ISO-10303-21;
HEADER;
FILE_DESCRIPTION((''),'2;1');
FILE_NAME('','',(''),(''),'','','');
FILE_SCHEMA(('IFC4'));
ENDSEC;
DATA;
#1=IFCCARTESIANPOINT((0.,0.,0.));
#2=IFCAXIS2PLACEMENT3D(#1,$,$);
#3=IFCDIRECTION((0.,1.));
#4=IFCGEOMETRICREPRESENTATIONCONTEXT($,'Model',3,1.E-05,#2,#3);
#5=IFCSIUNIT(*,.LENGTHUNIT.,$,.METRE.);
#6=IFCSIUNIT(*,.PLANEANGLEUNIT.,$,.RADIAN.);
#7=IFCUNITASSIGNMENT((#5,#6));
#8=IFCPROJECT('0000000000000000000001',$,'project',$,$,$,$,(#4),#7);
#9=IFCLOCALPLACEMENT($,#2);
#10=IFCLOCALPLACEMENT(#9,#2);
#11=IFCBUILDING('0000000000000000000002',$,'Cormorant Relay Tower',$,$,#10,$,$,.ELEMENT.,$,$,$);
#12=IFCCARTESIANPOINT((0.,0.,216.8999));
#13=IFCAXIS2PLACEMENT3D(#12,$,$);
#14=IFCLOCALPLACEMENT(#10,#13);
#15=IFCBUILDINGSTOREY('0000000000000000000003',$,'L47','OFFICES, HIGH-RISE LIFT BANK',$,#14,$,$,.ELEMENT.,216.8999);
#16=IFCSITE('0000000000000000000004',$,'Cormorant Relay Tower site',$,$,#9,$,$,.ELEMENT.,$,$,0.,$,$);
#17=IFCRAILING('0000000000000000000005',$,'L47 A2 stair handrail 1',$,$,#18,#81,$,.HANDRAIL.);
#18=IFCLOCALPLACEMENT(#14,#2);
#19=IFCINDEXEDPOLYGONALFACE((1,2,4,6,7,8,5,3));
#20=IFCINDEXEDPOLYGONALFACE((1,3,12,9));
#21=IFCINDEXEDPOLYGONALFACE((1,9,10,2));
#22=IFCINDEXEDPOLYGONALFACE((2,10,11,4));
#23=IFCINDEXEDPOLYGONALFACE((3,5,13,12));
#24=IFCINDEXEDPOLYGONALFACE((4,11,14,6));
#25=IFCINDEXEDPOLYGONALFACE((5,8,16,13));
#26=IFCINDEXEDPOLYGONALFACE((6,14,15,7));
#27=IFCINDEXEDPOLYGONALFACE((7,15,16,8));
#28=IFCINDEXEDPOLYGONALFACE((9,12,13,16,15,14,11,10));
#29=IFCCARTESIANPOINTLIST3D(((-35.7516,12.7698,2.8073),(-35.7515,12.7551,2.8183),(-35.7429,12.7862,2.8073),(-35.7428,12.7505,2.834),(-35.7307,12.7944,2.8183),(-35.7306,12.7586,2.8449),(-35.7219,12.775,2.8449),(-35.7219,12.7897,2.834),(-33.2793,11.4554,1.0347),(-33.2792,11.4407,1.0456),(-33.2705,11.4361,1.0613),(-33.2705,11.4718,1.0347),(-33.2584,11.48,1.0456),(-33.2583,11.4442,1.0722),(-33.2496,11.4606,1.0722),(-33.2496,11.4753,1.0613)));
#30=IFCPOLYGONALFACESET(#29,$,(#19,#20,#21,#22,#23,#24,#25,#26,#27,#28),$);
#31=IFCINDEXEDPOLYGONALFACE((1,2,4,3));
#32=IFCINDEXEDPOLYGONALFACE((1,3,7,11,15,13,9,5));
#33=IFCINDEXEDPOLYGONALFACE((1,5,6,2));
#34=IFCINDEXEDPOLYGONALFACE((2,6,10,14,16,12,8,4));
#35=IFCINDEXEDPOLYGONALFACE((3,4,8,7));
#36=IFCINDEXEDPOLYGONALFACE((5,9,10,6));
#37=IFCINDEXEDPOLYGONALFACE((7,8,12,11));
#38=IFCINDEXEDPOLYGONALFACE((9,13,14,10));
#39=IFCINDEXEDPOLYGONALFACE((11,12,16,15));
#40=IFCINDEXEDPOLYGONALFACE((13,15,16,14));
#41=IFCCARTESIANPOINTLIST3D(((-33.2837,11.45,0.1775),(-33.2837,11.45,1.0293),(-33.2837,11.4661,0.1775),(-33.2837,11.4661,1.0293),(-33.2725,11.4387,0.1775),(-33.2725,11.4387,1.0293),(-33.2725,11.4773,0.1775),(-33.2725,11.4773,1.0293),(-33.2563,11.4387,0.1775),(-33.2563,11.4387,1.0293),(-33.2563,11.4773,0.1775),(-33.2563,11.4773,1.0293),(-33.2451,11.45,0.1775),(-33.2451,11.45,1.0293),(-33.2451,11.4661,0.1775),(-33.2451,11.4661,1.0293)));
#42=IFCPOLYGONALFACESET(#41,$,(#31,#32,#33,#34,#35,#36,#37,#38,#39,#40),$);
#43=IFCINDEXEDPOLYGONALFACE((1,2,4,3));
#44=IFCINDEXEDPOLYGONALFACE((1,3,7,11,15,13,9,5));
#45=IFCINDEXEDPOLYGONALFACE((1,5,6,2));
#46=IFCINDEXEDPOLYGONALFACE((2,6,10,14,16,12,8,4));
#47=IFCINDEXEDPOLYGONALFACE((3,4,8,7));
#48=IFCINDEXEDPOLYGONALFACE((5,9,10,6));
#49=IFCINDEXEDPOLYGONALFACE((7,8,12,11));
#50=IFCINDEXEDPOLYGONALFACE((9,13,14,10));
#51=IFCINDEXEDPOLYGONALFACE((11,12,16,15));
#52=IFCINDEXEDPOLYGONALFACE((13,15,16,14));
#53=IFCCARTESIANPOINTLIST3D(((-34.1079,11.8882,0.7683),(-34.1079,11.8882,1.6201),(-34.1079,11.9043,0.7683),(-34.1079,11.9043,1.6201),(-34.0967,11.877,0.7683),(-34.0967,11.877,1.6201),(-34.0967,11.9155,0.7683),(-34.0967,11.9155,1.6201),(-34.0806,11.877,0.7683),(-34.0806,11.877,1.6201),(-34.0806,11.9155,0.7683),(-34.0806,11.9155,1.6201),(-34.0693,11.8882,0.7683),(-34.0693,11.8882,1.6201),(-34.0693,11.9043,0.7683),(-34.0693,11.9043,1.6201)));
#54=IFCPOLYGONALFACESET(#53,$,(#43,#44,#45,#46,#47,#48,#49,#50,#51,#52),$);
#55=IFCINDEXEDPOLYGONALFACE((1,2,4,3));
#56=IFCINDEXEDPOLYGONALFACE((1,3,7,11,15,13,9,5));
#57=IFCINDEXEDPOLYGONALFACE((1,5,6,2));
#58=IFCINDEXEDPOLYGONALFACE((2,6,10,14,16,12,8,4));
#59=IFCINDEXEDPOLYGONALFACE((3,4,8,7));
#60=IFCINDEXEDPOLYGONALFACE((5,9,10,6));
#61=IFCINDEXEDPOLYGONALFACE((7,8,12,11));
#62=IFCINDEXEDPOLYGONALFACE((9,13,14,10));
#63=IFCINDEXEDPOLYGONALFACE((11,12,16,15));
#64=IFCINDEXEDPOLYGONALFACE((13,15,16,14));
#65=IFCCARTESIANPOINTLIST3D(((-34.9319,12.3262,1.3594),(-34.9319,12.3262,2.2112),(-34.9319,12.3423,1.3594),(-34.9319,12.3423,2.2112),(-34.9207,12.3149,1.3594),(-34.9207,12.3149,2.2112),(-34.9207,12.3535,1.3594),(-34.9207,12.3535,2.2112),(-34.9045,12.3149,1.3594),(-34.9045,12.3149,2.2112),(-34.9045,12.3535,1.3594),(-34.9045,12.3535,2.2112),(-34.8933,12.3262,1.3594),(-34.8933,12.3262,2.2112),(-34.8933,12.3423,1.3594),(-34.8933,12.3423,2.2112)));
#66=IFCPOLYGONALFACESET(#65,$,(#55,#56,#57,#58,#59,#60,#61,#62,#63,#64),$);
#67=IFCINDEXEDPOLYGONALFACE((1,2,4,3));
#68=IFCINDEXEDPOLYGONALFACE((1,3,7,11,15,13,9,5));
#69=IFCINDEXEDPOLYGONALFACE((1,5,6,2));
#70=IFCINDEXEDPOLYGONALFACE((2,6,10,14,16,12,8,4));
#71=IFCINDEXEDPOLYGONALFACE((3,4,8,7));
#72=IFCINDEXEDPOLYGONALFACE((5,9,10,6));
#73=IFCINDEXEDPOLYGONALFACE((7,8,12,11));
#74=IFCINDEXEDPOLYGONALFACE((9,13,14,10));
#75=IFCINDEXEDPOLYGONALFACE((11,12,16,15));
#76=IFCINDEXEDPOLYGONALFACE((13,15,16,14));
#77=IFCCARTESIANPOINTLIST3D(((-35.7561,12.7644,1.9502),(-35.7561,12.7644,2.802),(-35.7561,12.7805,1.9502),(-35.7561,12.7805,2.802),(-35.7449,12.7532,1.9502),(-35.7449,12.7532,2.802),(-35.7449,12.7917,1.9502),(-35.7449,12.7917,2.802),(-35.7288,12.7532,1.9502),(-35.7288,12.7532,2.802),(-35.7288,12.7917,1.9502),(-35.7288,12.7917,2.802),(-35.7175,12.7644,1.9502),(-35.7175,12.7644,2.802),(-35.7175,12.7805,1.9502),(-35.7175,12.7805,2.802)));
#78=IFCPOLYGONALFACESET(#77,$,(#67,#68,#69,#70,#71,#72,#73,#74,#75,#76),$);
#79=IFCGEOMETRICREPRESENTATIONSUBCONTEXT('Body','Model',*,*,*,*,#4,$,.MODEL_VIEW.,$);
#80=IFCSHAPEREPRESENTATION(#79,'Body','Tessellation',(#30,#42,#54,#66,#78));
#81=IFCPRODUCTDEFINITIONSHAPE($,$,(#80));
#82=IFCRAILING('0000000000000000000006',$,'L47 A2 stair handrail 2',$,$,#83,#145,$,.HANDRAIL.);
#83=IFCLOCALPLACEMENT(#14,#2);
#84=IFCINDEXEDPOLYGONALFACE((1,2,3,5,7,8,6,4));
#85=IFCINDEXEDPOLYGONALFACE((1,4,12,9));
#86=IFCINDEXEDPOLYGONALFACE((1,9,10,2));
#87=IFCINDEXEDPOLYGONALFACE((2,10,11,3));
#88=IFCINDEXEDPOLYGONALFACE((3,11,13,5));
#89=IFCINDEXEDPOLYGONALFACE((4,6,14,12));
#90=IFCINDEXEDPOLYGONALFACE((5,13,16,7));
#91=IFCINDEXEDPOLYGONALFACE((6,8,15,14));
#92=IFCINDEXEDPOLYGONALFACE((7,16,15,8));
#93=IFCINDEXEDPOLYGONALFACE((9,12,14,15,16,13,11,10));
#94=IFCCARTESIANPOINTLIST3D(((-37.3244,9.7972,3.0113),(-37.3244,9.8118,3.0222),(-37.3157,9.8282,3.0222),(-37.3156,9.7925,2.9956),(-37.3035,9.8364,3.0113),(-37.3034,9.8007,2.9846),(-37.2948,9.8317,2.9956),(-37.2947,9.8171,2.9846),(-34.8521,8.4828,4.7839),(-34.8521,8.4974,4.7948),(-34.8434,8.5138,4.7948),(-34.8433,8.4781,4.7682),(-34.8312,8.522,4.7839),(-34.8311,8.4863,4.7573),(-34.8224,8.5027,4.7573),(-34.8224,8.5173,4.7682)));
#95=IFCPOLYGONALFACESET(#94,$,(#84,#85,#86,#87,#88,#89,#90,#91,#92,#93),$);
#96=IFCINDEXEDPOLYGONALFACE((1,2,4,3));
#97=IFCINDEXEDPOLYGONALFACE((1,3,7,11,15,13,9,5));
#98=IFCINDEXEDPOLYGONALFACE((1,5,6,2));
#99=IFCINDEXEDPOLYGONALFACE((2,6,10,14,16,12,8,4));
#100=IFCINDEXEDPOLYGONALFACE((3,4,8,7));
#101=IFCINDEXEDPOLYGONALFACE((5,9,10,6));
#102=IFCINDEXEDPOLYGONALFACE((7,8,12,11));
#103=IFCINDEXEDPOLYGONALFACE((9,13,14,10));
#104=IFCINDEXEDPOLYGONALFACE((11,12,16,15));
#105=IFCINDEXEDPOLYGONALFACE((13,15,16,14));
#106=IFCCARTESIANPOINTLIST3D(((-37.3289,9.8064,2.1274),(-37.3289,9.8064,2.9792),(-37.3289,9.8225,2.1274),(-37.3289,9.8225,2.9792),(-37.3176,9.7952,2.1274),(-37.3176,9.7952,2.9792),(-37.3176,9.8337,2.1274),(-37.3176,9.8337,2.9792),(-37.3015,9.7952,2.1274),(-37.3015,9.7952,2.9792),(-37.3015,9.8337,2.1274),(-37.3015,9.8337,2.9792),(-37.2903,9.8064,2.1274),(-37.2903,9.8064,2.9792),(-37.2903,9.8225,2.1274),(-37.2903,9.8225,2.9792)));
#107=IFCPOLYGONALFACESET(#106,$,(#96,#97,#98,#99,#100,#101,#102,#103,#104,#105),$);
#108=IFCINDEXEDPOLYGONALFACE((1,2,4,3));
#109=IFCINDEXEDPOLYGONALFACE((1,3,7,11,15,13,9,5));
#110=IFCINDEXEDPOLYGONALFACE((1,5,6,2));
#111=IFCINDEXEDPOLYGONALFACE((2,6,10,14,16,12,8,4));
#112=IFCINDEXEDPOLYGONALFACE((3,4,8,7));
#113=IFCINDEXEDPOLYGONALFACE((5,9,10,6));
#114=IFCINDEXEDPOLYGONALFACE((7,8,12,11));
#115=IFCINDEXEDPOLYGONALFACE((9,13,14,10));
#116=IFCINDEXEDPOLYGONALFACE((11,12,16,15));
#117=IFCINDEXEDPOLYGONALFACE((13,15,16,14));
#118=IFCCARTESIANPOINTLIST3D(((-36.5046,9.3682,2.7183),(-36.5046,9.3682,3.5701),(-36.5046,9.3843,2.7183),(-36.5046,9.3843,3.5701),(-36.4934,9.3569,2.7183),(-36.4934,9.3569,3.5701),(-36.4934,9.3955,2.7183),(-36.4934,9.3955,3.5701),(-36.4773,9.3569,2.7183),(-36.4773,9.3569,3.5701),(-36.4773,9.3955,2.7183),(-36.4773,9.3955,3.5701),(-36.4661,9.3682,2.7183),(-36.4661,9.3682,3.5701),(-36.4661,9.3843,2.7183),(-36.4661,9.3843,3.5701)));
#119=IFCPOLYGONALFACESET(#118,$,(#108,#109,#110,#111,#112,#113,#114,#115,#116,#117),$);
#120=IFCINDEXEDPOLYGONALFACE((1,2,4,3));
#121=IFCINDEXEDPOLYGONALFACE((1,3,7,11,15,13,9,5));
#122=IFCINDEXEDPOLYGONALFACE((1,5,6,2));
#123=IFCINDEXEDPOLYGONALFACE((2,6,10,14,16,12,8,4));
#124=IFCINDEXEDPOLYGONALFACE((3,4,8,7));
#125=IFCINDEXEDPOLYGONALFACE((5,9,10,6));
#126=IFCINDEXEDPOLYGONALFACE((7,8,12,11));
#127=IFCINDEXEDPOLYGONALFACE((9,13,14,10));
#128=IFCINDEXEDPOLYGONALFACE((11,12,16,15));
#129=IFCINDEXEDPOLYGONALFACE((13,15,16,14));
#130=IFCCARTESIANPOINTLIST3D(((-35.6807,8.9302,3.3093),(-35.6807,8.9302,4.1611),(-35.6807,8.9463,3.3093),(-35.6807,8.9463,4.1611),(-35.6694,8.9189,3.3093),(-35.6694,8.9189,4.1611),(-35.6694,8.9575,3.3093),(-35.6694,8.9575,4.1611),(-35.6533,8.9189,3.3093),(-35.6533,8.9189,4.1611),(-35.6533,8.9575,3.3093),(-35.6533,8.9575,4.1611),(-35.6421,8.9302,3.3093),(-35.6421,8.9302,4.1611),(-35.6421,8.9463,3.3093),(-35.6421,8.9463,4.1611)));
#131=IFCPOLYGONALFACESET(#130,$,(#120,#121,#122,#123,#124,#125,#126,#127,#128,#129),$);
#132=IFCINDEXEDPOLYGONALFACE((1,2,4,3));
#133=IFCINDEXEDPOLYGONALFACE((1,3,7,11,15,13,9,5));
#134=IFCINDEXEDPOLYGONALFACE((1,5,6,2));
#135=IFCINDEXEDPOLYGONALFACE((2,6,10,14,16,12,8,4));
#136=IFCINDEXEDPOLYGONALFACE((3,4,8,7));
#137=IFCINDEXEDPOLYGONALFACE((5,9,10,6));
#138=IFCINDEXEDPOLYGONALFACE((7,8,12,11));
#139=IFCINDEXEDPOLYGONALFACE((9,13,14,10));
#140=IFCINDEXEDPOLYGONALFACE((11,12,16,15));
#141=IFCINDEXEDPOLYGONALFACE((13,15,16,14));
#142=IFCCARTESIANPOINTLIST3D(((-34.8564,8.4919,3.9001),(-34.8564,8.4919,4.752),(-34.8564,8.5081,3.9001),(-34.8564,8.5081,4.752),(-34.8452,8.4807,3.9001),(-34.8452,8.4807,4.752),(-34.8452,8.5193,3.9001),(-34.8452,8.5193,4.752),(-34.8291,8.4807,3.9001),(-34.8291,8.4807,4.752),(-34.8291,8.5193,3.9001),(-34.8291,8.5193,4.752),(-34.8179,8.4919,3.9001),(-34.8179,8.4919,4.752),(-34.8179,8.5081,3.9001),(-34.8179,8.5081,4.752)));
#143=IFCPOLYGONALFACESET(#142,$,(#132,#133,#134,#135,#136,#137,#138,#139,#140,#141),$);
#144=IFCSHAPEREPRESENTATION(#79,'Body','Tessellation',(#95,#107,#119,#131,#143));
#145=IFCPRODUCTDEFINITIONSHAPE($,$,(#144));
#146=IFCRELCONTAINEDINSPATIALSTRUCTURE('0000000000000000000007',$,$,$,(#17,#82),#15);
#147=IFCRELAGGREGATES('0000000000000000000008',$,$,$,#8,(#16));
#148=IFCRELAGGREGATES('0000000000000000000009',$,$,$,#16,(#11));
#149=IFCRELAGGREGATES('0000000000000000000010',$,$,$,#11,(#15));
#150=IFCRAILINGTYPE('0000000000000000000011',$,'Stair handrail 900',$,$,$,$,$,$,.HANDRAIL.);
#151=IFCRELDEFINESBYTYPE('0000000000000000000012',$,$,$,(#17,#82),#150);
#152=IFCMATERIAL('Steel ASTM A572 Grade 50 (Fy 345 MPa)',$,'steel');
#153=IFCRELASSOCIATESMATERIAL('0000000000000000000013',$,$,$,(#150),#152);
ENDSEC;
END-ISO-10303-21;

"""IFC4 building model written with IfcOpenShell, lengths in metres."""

from ifc_helpers import new_model, si_unit, direction, frame, origin, place, context, subcontext, project, spatial, polyline, outline, extrude, material, type_object, element, save


model = new_model("IFC4")

# Units and contexts
model_context = context("Model", 3, precision=1e-05, world=origin(), true_north=direction((0.0, 1.0)))
body_context = subcontext(model_context, "Body", "Model", "MODEL_VIEW")
ifc_project = project(units=[si_unit("LENGTHUNIT", "METRE"), si_unit("PLANEANGLEUNIT", "RADIAN")], contexts=[model_context])

# Site, building, storey
site_placement = place(None, origin())
site = spatial("IfcSite", under=ifc_project, at=site_placement, Name="Cormorant Relay Tower site", CompositionType="ELEMENT", RefElevation=0.0)
building_placement = place(site_placement, origin())
building = spatial("IfcBuilding", under=site, at=building_placement, Name="Cormorant Relay Tower", CompositionType="ELEMENT")
storey_placement = place(building_placement, frame((0.0, 0.0, 216.8999)))
storey = spatial("IfcBuildingStorey", under=building, at=storey_placement, Name="L47", Description="OFFICES, HIGH-RISE LIFT BANK", CompositionType="ELEMENT", Elevation=216.8999)

# Railings
ifc_material_1 = material(Name="Steel ASTM A572 Grade 50 (Fy 345 MPa)", Category="steel")
railing_type_1 = type_object("IfcRailingType", Name="Stair handrail 900", PredefinedType="HANDRAIL", material=ifc_material_1)
railing_1_placement = place(storey_placement, frame((-33.2644, 11.458, 0.1775)))
element("IfcRailing", 1, at=railing_1_placement, inside=storey, type_object=railing_type_1, Name="L47 A2 stair handrail 1", PredefinedType="HANDRAIL", context=body_context, shape_type="SweptSolid", body=[
    extrude(outline(polyline([(0.0222, 0.0093), (0.0093, 0.0222), (-0.0093, 0.0222), (-0.0222, 0.0093), (-0.0222, -0.0093), (-0.0093, -0.0222), (0.0093, -0.0222), (0.0222, -0.0093), (0.0222, 0.0093)])), frame((0.0, 0.0, 0.876), z_axis=(-0.746034, 0.396627, 0.534902), x_axis=(-0.469429, -0.88297, 0.0)), (0.0, 0.0, 1.0), 3.314),
    extrude(outline(polyline([(0.0193, 0.0081), (0.0081, 0.0193), (-0.0081, 0.0193), (-0.0193, 0.0081), (-0.0193, -0.0081), (-0.0081, -0.0193), (0.0081, -0.0193), (0.0193, -0.0081), (0.0193, 0.0081)])), origin(), (0.0, 0.0, 1.0), 0.8518),
    extrude(outline(polyline([(0.0193, 0.0081), (0.0081, 0.0193), (-0.0081, 0.0193), (-0.0193, 0.0081), (-0.0193, -0.0081), (-0.0081, -0.0193), (0.0081, -0.0193), (0.0193, -0.0081), (0.0193, 0.0081)])), frame((-0.8242, 0.4382, 0.5908)), (0.0, 0.0, 1.0), 0.8518),
    extrude(outline(polyline([(0.0193, 0.0081), (0.0081, 0.0193), (-0.0081, 0.0193), (-0.0193, 0.0081), (-0.0193, -0.0081), (-0.0081, -0.0193), (0.0081, -0.0193), (0.0193, -0.0081), (0.0193, 0.0081)])), frame((-1.6482, 0.8762, 1.1819)), (0.0, 0.0, 1.0), 0.8518),
    extrude(outline(polyline([(0.0193, 0.0081), (0.0081, 0.0193), (-0.0081, 0.0193), (-0.0193, 0.0081), (-0.0193, -0.0081), (-0.0081, -0.0193), (0.0081, -0.0193), (0.0193, -0.0081), (0.0193, 0.0081)])), frame((-2.4724, 1.3145, 1.7727)), (0.0, 0.0, 1.0), 0.8518),
])
railing_2_placement = place(storey_placement, frame((-37.3096, 9.8145, 2.1274)))
element("IfcRailing", 2, at=railing_2_placement, inside=storey, type_object=railing_type_1, Name="L47 A2 stair handrail 2", PredefinedType="HANDRAIL", context=body_context, shape_type="SweptSolid", body=[
    extrude(outline(polyline([(0.0222, 0.0093), (0.0093, 0.0222), (-0.0093, 0.0222), (-0.0222, 0.0093), (-0.0222, -0.0093), (-0.0093, -0.0222), (0.0093, -0.0222), (0.0222, -0.0093), (0.0222, 0.0093)])), frame((0.0, 0.0, 0.876), z_axis=(0.746034, -0.396627, 0.534902), x_axis=(0.469429, 0.88297, 0.0)), (0.0, 0.0, 1.0), 3.314),
    extrude(outline(polyline([(0.0193, 0.0081), (0.0081, 0.0193), (-0.0081, 0.0193), (-0.0193, 0.0081), (-0.0193, -0.0081), (-0.0081, -0.0193), (0.0081, -0.0193), (0.0193, -0.0081), (0.0193, 0.0081)])), origin(), (0.0, 0.0, 1.0), 0.8518),
    extrude(outline(polyline([(0.0193, 0.0081), (0.0081, 0.0193), (-0.0081, 0.0193), (-0.0193, 0.0081), (-0.0193, -0.0081), (-0.0081, -0.0193), (0.0081, -0.0193), (0.0193, -0.0081), (0.0193, 0.0081)])), frame((0.8242, -0.4382, 0.5908)), (0.0, 0.0, 1.0), 0.8518),
    extrude(outline(polyline([(0.0193, 0.0081), (0.0081, 0.0193), (-0.0081, 0.0193), (-0.0193, 0.0081), (-0.0193, -0.0081), (-0.0081, -0.0193), (0.0081, -0.0193), (0.0193, -0.0081), (0.0193, 0.0081)])), frame((1.6482, -0.8762, 1.1819)), (0.0, 0.0, 1.0), 0.8518),
    extrude(outline(polyline([(0.0193, 0.0081), (0.0081, 0.0193), (-0.0081, 0.0193), (-0.0193, 0.0081), (-0.0193, -0.0081), (-0.0081, -0.0193), (0.0081, -0.0193), (0.0193, -0.0081), (0.0193, 0.0081)])), frame((2.4724, -1.3145, 1.7727)), (0.0, 0.0, 1.0), 0.8518),
])

save(model, "model.ifc")
